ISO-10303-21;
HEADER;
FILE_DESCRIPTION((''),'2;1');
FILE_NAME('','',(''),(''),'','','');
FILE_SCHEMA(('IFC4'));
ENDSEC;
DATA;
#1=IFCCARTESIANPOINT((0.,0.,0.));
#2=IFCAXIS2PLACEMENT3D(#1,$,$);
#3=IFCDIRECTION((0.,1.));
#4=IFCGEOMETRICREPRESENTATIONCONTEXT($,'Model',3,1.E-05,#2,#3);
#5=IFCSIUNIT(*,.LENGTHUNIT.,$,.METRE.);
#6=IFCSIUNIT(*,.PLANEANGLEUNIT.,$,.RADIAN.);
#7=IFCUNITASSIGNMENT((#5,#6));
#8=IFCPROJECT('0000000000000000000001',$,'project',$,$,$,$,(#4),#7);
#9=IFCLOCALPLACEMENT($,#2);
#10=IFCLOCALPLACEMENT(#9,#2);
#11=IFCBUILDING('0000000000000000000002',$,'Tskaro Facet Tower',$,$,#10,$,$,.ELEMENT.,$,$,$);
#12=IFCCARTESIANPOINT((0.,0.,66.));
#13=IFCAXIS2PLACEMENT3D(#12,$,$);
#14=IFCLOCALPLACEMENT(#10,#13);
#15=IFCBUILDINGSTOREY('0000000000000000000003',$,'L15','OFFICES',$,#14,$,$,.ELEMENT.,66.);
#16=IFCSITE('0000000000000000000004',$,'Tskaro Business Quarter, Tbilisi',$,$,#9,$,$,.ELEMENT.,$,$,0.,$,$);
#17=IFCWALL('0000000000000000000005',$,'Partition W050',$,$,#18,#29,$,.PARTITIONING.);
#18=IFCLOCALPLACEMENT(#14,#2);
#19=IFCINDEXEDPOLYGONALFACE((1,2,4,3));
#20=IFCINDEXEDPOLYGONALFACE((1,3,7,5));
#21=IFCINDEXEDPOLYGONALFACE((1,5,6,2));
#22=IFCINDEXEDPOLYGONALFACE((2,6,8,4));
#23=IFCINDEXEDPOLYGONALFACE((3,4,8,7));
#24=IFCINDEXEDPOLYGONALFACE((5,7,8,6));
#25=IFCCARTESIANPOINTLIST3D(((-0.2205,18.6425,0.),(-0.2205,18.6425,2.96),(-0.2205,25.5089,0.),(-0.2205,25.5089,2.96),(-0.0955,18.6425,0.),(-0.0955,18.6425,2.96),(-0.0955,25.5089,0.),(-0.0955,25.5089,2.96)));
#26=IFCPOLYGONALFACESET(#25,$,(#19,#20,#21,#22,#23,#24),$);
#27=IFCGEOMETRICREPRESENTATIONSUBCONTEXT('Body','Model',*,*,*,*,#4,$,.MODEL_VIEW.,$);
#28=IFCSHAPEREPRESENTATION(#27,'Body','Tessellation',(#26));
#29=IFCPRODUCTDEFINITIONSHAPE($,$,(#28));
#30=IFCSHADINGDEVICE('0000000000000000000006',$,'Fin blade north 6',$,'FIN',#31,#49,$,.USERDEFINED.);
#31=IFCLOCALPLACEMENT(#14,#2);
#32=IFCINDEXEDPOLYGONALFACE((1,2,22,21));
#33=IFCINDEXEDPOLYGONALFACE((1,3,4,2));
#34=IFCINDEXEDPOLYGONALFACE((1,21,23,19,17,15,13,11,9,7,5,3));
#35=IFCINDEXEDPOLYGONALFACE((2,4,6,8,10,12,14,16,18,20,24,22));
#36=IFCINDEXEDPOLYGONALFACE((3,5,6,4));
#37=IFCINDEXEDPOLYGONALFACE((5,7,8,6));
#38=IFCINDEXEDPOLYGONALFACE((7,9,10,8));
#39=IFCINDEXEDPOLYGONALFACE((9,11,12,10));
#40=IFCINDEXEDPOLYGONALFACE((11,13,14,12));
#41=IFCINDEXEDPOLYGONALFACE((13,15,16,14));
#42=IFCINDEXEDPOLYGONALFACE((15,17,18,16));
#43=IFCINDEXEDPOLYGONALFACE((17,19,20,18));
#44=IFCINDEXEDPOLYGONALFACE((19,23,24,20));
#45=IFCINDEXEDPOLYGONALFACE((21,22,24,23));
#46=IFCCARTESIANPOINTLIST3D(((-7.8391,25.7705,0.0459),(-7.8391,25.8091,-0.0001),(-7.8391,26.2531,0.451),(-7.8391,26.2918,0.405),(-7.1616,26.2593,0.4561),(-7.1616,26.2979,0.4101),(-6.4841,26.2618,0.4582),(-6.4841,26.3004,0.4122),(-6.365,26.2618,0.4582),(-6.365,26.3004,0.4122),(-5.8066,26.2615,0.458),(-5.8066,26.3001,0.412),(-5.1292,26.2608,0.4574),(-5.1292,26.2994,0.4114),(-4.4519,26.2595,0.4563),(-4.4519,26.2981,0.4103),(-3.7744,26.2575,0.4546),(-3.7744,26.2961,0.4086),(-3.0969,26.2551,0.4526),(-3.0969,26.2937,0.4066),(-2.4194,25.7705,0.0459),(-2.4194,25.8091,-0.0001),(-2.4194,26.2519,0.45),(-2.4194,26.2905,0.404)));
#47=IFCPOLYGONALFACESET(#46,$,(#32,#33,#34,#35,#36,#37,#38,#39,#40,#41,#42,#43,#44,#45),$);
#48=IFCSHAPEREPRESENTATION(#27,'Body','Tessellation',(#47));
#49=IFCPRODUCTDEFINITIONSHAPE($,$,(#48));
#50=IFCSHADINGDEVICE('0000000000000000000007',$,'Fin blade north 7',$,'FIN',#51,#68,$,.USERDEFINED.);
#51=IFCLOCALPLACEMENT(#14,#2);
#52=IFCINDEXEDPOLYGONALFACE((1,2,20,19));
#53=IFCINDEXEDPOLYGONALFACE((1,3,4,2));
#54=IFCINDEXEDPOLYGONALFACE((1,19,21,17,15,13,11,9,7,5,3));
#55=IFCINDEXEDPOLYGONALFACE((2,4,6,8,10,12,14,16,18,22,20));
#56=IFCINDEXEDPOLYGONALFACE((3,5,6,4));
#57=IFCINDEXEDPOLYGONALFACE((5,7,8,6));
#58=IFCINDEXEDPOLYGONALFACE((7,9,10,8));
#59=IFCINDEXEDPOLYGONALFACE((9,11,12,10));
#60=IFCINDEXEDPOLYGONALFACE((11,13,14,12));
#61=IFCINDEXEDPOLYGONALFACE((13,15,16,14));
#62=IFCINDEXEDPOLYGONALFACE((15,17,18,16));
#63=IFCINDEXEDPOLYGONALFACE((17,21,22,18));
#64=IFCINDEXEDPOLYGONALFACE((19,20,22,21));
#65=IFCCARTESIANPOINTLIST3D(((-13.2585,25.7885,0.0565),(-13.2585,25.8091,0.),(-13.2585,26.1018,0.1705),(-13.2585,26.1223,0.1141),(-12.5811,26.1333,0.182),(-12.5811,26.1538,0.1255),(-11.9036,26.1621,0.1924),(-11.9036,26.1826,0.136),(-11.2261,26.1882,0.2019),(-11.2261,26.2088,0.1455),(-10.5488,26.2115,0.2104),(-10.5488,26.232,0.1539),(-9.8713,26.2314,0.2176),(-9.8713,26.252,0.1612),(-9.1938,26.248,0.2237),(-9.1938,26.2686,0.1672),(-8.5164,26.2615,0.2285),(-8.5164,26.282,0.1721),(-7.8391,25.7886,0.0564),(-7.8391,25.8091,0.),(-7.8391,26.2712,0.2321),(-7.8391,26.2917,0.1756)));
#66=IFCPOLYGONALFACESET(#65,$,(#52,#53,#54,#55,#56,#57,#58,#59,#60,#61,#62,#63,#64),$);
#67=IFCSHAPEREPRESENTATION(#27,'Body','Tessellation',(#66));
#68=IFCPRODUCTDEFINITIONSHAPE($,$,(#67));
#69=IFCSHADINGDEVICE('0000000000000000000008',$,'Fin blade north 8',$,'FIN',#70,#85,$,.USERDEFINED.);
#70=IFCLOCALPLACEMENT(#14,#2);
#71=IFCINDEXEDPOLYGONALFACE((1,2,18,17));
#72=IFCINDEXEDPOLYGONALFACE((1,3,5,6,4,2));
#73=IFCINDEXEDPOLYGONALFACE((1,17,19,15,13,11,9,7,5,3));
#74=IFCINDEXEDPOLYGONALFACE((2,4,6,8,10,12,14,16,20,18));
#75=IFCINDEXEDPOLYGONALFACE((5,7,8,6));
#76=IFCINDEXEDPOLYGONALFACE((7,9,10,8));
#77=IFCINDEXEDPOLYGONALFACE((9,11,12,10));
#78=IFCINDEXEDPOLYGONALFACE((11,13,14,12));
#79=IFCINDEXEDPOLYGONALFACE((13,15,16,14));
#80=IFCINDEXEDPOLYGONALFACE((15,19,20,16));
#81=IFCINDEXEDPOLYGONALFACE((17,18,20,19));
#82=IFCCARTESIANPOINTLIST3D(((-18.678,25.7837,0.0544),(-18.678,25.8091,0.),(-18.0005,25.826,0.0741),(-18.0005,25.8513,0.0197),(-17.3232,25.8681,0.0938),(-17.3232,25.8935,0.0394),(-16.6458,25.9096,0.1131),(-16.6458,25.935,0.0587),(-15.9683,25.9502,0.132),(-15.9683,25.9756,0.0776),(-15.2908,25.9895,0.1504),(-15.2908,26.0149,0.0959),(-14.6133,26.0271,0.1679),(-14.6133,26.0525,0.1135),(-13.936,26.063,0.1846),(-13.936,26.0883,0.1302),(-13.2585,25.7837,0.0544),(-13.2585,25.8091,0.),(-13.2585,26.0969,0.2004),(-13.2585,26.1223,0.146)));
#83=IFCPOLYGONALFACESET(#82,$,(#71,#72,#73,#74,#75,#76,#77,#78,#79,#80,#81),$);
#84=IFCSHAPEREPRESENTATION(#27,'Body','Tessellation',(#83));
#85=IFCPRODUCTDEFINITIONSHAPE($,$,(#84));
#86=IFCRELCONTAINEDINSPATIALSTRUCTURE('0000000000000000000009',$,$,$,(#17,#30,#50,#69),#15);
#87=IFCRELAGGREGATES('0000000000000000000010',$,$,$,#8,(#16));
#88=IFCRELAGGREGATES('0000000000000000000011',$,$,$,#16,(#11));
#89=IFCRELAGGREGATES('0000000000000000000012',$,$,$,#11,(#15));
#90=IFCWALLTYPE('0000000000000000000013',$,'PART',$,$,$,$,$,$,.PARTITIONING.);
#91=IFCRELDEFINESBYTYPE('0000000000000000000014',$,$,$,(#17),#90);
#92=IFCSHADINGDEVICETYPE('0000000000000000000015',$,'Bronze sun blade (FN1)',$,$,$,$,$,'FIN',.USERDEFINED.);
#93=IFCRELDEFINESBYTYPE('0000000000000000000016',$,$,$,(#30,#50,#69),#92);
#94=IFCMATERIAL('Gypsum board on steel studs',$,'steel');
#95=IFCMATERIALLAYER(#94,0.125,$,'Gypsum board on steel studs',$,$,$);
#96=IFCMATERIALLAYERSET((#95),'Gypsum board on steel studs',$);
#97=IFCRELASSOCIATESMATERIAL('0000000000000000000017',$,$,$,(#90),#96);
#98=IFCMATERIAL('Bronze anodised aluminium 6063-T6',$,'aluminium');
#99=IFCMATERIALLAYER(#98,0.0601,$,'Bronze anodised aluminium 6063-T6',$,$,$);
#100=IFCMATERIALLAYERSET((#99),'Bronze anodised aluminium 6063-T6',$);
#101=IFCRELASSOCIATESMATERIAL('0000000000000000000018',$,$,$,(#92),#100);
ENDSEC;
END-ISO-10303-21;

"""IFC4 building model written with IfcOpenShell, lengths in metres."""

from ifc_helpers import new_model, si_unit, direction, frame, frame_2d, origin, place, context, subcontext, project, spatial, polyline, rectangle, outline, extrude, material, layer, layer_set, type_object, element, save


model = new_model("IFC4")

# Units and contexts
model_context = context("Model", 3, precision=1e-05, world=origin(), true_north=direction((0.0, 1.0)))
body_context = subcontext(model_context, "Body", "Model", "MODEL_VIEW")
ifc_project = project(units=[si_unit("LENGTHUNIT", "METRE"), si_unit("PLANEANGLEUNIT", "RADIAN")], contexts=[model_context])

# Site, building, storey
site_placement = place(None, origin())
site = spatial("IfcSite", under=ifc_project, at=site_placement, Name="Tskaro Business Quarter, Tbilisi", CompositionType="ELEMENT", RefElevation=0.0)
building_placement = place(site_placement, origin())
building = spatial("IfcBuilding", under=site, at=building_placement, Name="Tskaro Facet Tower", CompositionType="ELEMENT")
storey_placement = place(building_placement, frame((0.0, 0.0, 66.0)))
storey = spatial("IfcBuildingStorey", under=building, at=storey_placement, Name="L15", Description="OFFICES", CompositionType="ELEMENT", Elevation=66.0)

# Shared definitions
ifc_material_1 = material(Name="Bronze anodised aluminium 6063-T6", Category="aluminium")

# Wall
ifc_material_2 = material(Name="Gypsum board on steel studs", Category="steel")
ifc_layer_1 = layer(ifc_material_2, 0.125, Name="Gypsum board on steel studs")
ifc_layer_set_1 = layer_set([ifc_layer_1], Name="Gypsum board on steel studs")
wall_type = type_object("IfcWallType", Name="PART", PredefinedType="PARTITIONING", material=ifc_layer_set_1)
for number, where, z_axis, x_axis, name in (
    (1, (-0.158, 18.6426, 0.0), (0.0, 0.0, 1.0), (0.0, 1.0, 0.0), "Partition W050"),
):
    element("IfcWall", number, at=place(storey_placement, frame(where, z_axis=z_axis, x_axis=x_axis)), inside=storey, type_object=wall_type, Name=name, PredefinedType="PARTITIONING", context=body_context, shape_type="SweptSolid", body=[
        extrude(rectangle(XDim=6.8665, YDim=0.125, at=frame_2d((3.4331, 0.0))), origin(), (0.0, 0.0, 1.0), 2.96),
    ])

# Shading devices
ifc_layer_2 = layer(ifc_material_1, 0.0601, Name="Bronze anodised aluminium 6063-T6")
ifc_layer_set_2 = layer_set([ifc_layer_2], Name="Bronze anodised aluminium 6063-T6")
shading_device_type = type_object("IfcShadingDeviceType", Name="Bronze sun blade (FN1)", ElementType="FIN", PredefinedType="USERDEFINED", material=ifc_layer_set_2)
shading_device_1_placement = place(storey_placement, frame((-2.4194, 25.7705, 0.0459), z_axis=(-0.000003, -0.642883, 0.765964), x_axis=(-1.0, 0.000002, -0.000003)))
element("IfcShadingDevice", 2, at=shading_device_1_placement, inside=storey, type_object=shading_device_type, Name="Fin blade north 6", ObjectType="FIN", PredefinedType="USERDEFINED", context=body_context, shape_type="SweptSolid", body=[
    extrude(outline(polyline([(0.0, 0.0), (5.4197, 0.0), (5.4197, -0.6301), (4.7422, -0.6381), (4.0647, -0.6413), (3.9456, -0.6413), (3.3872, -0.641), (2.7097, -0.6401), (2.0325, -0.6384), (1.355, -0.6358), (0.6775, -0.6327), (0.0, -0.6285), (0.0, 0.0)])), origin(), (0.0, 0.0, -1.0), 0.0601),
])
shading_device_2_placement = place(storey_placement, frame((-7.8391, 25.7886, 0.0564), z_axis=(0.000016, -0.342049, 0.939682), x_axis=(-1.0, -0.000006, 0.000015)))
element("IfcShadingDevice", 3, at=shading_device_2_placement, inside=storey, type_object=shading_device_type, Name="Fin blade north 7", ObjectType="FIN", PredefinedType="USERDEFINED", context=body_context, shape_type="SweptSolid", body=[
    extrude(outline(polyline([(0.0, 0.0), (5.4194, 0.0), (5.4194, -0.3333), (4.7419, -0.3669), (4.0645, -0.3975), (3.387, -0.4253), (2.7097, -0.45), (2.0322, -0.4713), (1.3547, -0.489), (0.6772, -0.5032), (0.0, -0.5136), (0.0, 0.0)])), origin(), (0.0, 0.0, -1.0), 0.0601),
])
shading_device_3_placement = place(storey_placement, frame((-13.2585, 25.7837, 0.0544), z_axis=(-0.000001, -0.422444, 0.906389), x_axis=(-1.0, 0.000001, -0.000001)))
element("IfcShadingDevice", 4, at=shading_device_3_placement, inside=storey, type_object=shading_device_type, Name="Fin blade north 8", ObjectType="FIN", PredefinedType="USERDEFINED", context=body_context, shape_type="SweptSolid", body=[
    extrude(outline(polyline([(0.0, 0.0), (5.4194, 0.0), (4.7419, -0.0466), (4.0647, -0.0932), (3.3872, -0.1389), (2.7097, -0.1837), (2.0322, -0.2271), (1.3547, -0.2686), (0.6775, -0.3081), (0.0, -0.3456), (0.0, 0.0)])), origin(), (0.0, 0.0, -1.0), 0.0601),
])

save(model, "model.ifc")
